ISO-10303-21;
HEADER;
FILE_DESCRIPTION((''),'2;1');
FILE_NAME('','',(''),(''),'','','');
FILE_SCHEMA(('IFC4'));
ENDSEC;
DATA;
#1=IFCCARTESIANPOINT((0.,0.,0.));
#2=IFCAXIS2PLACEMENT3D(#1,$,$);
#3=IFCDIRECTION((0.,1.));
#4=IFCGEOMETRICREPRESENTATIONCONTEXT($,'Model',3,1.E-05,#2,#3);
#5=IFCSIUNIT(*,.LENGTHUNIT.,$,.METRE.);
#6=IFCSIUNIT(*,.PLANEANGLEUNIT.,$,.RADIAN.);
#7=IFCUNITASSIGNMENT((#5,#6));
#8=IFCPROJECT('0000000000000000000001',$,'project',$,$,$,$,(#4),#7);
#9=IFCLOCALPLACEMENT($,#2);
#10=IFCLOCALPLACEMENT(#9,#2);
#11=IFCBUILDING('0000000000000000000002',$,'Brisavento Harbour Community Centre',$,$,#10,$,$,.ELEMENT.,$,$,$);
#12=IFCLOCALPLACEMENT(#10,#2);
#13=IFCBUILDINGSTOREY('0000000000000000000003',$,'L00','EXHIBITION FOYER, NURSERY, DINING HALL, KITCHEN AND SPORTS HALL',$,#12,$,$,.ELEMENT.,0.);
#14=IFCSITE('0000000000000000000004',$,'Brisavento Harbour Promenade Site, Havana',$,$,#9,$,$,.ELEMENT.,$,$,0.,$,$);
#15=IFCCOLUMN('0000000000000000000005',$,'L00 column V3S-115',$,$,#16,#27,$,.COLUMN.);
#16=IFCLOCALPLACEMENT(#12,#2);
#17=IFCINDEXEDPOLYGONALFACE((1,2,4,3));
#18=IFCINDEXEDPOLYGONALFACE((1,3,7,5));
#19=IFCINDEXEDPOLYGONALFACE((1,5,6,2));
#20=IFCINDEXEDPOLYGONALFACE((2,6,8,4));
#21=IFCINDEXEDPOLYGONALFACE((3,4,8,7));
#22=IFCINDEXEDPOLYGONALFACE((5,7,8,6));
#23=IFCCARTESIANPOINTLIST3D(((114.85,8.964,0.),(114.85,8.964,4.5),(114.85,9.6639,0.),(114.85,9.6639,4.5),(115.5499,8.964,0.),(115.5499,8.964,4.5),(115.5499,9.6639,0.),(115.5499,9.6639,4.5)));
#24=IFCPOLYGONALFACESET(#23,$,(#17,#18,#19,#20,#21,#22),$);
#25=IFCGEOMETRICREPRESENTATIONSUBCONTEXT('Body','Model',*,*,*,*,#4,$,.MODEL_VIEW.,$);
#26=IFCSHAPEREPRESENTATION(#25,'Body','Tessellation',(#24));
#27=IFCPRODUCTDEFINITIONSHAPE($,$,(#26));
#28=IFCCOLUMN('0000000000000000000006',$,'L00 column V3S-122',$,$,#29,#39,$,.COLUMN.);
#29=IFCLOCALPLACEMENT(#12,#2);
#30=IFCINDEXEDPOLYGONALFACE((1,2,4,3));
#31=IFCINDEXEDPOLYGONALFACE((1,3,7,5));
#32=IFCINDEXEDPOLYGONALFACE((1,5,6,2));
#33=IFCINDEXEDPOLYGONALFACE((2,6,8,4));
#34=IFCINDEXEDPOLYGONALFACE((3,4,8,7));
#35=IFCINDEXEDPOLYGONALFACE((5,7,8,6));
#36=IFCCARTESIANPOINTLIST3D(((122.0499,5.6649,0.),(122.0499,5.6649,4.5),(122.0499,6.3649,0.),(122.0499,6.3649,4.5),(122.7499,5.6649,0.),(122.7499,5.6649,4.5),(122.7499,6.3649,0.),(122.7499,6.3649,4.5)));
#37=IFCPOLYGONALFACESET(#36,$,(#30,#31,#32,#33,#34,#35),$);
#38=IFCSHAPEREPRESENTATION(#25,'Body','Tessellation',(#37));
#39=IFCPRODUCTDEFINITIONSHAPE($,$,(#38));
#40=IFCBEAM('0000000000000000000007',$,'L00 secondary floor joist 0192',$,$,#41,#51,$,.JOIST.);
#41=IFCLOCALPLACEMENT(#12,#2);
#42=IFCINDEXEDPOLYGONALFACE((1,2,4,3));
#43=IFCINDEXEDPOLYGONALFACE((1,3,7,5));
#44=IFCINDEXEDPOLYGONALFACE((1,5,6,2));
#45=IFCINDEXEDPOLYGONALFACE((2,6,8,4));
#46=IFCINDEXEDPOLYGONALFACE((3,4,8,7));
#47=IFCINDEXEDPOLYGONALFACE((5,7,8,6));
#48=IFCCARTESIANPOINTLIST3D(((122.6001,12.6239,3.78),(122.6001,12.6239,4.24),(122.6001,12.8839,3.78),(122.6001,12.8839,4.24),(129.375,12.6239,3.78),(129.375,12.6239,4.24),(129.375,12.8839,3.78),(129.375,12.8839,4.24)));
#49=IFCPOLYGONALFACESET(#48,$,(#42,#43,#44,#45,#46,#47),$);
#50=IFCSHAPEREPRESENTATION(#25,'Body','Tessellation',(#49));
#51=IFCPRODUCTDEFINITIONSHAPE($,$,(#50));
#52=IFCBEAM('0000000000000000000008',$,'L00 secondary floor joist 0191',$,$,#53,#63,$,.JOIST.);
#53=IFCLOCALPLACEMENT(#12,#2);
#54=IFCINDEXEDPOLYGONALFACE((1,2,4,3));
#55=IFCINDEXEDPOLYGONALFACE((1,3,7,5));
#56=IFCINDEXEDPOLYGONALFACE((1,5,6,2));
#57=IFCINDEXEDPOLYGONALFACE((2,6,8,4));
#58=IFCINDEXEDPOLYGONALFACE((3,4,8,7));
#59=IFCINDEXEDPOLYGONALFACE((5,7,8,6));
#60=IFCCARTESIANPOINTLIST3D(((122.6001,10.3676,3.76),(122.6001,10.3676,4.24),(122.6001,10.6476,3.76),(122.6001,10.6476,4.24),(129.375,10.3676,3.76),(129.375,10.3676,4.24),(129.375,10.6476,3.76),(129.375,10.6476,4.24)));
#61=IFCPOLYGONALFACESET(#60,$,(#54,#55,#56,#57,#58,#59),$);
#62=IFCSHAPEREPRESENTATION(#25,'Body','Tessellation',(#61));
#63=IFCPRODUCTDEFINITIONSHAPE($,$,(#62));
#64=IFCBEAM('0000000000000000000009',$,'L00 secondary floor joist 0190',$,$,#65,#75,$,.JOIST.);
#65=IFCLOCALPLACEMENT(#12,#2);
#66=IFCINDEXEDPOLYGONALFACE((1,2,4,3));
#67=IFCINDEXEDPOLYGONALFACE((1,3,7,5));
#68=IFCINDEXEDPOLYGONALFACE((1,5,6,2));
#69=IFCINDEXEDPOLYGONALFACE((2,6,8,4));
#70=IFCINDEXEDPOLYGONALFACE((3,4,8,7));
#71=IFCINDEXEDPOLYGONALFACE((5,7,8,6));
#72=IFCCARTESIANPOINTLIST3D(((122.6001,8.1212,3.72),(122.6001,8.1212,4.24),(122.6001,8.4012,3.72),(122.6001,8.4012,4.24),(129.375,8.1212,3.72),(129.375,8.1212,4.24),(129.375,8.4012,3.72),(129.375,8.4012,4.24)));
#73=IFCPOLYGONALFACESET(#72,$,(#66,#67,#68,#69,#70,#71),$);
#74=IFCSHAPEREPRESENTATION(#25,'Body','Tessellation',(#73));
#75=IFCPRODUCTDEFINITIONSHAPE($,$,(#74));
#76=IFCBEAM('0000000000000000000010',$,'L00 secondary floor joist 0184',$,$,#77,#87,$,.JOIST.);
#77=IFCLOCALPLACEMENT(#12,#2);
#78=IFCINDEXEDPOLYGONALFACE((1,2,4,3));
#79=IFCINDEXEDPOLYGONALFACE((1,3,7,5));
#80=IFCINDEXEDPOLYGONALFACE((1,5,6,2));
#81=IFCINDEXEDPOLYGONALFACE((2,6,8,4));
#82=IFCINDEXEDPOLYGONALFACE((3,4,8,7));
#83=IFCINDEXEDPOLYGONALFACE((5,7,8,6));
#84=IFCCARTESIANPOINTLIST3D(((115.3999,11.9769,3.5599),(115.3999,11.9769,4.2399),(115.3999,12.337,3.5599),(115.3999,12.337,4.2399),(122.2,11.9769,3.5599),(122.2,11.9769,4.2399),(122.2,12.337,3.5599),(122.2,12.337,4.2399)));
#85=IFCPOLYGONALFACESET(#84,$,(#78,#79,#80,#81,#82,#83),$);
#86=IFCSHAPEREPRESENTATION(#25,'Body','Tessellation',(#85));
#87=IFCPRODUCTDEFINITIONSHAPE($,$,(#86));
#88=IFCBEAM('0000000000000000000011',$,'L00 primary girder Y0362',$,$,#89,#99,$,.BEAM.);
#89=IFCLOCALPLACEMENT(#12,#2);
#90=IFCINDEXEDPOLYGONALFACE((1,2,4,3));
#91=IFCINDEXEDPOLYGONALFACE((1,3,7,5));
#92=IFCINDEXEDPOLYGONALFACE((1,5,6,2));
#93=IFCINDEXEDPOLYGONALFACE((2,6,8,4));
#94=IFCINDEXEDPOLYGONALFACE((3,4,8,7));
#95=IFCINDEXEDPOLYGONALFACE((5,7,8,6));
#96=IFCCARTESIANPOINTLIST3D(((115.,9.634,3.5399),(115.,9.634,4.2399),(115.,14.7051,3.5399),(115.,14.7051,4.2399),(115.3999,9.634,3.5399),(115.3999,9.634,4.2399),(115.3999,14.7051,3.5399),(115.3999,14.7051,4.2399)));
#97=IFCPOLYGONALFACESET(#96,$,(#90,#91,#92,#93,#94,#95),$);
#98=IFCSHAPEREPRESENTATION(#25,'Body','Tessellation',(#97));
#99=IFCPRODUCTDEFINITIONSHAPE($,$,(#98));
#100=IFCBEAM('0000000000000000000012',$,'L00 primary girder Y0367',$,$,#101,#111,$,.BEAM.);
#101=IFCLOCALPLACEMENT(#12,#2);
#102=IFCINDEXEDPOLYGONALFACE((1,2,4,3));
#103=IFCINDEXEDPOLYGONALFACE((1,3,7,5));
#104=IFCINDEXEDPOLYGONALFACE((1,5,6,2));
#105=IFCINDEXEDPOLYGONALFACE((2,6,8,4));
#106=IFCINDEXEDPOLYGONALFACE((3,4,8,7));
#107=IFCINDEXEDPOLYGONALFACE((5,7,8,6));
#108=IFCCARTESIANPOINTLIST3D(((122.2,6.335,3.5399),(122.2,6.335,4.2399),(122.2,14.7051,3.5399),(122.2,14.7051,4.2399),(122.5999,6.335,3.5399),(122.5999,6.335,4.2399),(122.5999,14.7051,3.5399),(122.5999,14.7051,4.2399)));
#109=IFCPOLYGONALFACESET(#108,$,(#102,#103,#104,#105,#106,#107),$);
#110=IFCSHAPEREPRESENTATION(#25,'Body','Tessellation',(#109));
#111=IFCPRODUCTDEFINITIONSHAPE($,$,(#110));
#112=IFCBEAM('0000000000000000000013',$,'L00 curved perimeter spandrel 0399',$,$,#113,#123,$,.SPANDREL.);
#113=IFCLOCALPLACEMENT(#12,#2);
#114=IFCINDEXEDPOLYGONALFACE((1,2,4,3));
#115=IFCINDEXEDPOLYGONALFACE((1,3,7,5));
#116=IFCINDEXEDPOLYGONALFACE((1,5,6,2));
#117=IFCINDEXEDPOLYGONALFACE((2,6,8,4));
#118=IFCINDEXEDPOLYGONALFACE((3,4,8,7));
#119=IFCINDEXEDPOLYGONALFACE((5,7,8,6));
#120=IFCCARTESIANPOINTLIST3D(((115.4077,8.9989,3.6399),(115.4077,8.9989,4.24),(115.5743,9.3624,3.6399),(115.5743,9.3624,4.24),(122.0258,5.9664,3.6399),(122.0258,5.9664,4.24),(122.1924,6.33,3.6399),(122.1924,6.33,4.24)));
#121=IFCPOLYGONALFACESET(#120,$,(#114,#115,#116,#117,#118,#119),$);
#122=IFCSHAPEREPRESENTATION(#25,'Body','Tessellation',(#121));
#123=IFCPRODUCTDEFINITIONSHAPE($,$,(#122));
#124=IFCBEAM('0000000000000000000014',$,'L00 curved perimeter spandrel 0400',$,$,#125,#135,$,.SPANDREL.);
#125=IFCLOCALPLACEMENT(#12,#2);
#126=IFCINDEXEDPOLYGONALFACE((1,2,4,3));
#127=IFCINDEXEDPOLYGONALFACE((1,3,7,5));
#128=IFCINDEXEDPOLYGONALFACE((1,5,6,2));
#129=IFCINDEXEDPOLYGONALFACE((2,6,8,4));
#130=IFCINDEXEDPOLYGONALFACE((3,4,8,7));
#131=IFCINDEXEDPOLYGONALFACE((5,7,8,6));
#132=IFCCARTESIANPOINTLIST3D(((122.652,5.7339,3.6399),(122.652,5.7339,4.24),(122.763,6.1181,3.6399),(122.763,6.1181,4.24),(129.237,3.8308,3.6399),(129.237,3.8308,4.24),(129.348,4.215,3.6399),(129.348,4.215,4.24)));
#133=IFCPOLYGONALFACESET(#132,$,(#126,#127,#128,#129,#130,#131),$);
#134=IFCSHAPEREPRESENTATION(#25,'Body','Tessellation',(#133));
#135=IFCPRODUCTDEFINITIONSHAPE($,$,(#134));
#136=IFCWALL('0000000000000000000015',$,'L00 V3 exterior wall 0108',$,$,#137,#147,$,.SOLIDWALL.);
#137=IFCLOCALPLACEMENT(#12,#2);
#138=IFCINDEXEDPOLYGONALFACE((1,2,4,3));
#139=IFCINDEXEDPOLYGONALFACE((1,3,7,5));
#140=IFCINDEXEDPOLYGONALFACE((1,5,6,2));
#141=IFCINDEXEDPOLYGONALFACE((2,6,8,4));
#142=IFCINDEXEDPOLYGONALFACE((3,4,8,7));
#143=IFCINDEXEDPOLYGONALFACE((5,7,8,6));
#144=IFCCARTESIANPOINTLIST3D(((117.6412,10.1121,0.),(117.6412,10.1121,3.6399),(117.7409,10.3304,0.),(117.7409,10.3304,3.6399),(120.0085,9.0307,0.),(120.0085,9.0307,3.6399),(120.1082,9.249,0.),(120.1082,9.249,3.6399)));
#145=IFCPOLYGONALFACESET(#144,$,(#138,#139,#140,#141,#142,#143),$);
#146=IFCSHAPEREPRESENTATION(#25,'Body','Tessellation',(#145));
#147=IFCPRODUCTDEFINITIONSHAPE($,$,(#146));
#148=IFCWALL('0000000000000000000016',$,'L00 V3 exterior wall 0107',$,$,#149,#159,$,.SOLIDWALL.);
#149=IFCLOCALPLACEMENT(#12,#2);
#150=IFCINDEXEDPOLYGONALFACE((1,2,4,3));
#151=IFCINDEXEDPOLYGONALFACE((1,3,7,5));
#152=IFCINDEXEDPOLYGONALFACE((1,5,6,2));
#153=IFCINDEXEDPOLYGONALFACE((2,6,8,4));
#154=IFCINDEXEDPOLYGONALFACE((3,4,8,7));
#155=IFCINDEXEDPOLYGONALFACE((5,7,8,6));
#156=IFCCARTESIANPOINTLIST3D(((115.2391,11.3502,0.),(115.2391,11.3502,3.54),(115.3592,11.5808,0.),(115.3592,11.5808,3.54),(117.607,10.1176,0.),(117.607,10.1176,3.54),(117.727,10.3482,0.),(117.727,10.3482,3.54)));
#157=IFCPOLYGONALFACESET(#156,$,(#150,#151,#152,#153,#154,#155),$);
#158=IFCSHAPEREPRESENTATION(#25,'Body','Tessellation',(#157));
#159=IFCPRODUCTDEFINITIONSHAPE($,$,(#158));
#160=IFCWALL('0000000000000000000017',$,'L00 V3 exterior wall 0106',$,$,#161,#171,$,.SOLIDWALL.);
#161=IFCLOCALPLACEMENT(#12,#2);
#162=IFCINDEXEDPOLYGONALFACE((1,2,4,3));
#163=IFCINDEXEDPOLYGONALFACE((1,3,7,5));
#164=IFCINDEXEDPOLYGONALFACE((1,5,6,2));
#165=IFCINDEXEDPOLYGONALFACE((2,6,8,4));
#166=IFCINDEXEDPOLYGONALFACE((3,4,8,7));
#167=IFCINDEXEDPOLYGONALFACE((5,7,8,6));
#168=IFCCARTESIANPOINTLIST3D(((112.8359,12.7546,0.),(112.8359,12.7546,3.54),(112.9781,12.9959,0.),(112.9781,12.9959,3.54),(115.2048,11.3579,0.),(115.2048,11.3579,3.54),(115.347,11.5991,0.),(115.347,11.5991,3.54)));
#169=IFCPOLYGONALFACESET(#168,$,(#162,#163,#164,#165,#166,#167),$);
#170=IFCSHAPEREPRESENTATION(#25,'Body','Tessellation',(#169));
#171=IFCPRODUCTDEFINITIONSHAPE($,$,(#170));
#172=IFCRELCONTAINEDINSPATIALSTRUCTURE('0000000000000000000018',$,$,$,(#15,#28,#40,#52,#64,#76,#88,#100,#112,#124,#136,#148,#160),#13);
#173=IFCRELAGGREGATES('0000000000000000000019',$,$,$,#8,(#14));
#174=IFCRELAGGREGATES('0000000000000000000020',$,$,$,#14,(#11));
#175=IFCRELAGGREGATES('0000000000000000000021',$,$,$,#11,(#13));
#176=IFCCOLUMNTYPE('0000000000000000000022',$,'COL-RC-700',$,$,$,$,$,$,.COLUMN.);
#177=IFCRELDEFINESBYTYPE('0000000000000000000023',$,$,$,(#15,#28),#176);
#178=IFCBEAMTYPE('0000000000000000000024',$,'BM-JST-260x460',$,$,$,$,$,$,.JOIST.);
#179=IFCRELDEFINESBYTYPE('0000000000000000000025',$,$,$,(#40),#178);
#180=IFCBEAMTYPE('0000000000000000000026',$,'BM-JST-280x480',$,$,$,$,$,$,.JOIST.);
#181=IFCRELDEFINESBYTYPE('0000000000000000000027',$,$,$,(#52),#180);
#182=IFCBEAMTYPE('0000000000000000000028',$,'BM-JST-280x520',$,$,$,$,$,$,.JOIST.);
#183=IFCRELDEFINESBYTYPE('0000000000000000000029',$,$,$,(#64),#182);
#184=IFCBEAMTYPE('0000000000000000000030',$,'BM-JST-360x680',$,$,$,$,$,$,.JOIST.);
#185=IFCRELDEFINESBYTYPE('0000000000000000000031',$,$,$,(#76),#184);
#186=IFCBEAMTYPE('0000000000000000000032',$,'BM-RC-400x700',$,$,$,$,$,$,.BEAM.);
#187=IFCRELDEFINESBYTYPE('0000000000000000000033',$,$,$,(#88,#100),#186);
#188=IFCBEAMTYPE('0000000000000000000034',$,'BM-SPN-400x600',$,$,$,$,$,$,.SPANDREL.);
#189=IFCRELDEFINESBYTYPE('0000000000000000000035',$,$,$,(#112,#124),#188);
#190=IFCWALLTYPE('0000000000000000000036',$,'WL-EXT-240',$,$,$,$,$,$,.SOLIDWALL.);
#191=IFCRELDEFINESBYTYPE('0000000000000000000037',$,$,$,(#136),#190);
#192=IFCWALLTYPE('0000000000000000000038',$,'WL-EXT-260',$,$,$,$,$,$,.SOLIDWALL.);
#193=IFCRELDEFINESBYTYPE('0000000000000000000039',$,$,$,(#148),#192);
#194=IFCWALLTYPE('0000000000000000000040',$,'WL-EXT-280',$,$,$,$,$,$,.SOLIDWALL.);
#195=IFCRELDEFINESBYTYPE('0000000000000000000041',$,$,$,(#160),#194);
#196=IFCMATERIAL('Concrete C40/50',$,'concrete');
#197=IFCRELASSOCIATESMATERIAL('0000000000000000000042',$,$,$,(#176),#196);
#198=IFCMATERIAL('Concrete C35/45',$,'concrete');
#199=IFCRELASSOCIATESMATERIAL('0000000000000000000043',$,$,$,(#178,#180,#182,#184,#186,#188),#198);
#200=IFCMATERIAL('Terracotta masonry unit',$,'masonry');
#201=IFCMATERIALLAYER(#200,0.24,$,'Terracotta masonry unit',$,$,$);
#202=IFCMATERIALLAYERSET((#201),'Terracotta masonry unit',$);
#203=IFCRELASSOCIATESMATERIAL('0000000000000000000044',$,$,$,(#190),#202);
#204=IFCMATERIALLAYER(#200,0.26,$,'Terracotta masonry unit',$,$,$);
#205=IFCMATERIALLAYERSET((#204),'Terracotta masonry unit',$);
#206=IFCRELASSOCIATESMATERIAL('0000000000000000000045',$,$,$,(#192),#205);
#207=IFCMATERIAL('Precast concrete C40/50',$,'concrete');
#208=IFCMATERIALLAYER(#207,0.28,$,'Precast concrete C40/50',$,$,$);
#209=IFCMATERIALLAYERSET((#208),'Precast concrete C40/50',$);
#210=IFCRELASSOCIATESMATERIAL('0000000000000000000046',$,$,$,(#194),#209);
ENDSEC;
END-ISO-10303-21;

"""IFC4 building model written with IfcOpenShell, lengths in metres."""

from ifc_helpers import new_model, si_unit, direction, frame, frame_2d, origin, origin_2d, place, context, subcontext, project, spatial, rectangle, extrude, material, layer, layer_set, material_profile, profile_set, type_object, element, save


model = new_model("IFC4")

# Units and contexts
model_context = context("Model", 3, precision=1e-05, world=origin(), true_north=direction((0.0, 1.0)))
body_context = subcontext(model_context, "Body", "Model", "MODEL_VIEW")
ifc_project = project(units=[si_unit("LENGTHUNIT", "METRE"), si_unit("PLANEANGLEUNIT", "RADIAN")], contexts=[model_context])

# Site, building, storey
site_placement = place(None, origin())
site = spatial("IfcSite", under=ifc_project, at=site_placement, Name="Brisavento Harbour Promenade Site, Havana", CompositionType="ELEMENT", RefElevation=0.0)
building_placement = place(site_placement, origin())
building = spatial("IfcBuilding", under=site, at=building_placement, Name="Brisavento Harbour Community Centre", CompositionType="ELEMENT")
storey_placement = place(building_placement, origin())
storey = spatial("IfcBuildingStorey", under=building, at=storey_placement, Name="L00", Description="EXHIBITION FOYER, NURSERY, DINING HALL, KITCHEN AND SPORTS HALL", CompositionType="ELEMENT", Elevation=0.0)

# Columns
ifc_material_1 = material(Name="Concrete C40/50", Category="concrete")
ifc_material_profile_1 = material_profile(ifc_material_1, rectangle(XDim=0.7, YDim=0.7, at=origin_2d()), Name="Concrete C40/50")
ifc_profile_set_1 = profile_set([ifc_material_profile_1], Name="Concrete C40/50")
column_type = type_object("IfcColumnType", Name="COL-RC-700", PredefinedType="COLUMN", material=ifc_profile_set_1)
for number, where, z_axis, x_axis, name in (
    (1, (115.2, 9.314, 0.0), (0.0, 0.0, 1.0), (1.0, 0.0, 0.0), "L00 column V3S-115"),
    (2, (122.3999, 6.0149, 0.0), (0.0, 0.0, 1.0), (1.0, 0.0, 0.0), "L00 column V3S-122"),
):
    element("IfcColumn", number, at=place(storey_placement, frame(where, z_axis=z_axis, x_axis=x_axis)), inside=storey, type_object=column_type, Name=name, PredefinedType="COLUMN", context=body_context, shape_type="SweptSolid", body=[
        extrude(rectangle(XDim=0.7, YDim=0.7, at=origin_2d()), origin(), (0.0, 0.0, 1.0), 4.5),
    ])

# Beams
ifc_material_2 = material(Name="Concrete C35/45", Category="concrete")
ifc_material_profile_2 = material_profile(ifc_material_2, rectangle(XDim=0.26, YDim=0.46, at=origin_2d()), Name="Concrete C35/45")
ifc_profile_set_2 = profile_set([ifc_material_profile_2], Name="Concrete C35/45")
beam_type_1 = type_object("IfcBeamType", Name="BM-JST-260x460", PredefinedType="JOIST", material=ifc_profile_set_2)
beam_1_placement = place(storey_placement, frame((122.6001, 12.7539, 4.01), z_axis=(1.0, 0.0, 0.0), x_axis=(0.0, 1.0, 0.0)))
element("IfcBeam", 3, at=beam_1_placement, inside=storey, type_object=beam_type_1, Name="L00 secondary floor joist 0192", PredefinedType="JOIST", context=body_context, shape_type="SweptSolid", body=[
    extrude(rectangle(XDim=0.26, YDim=0.46, at=origin_2d()), origin(), (0.0, 0.0, 1.0), 6.7749),
])
ifc_material_profile_3 = material_profile(ifc_material_2, rectangle(XDim=0.28, YDim=0.48, at=origin_2d()), Name="Concrete C35/45")
ifc_profile_set_3 = profile_set([ifc_material_profile_3], Name="Concrete C35/45")
beam_type_2 = type_object("IfcBeamType", Name="BM-JST-280x480", PredefinedType="JOIST", material=ifc_profile_set_3)
beam_2_placement = place(storey_placement, frame((122.6001, 10.5076, 4.0), z_axis=(1.0, 0.0, 0.0), x_axis=(0.0, 1.0, 0.0)))
element("IfcBeam", 4, at=beam_2_placement, inside=storey, type_object=beam_type_2, Name="L00 secondary floor joist 0191", PredefinedType="JOIST", context=body_context, shape_type="SweptSolid", body=[
    extrude(rectangle(XDim=0.28, YDim=0.48, at=origin_2d()), origin(), (0.0, 0.0, 1.0), 6.7749),
])
ifc_material_profile_4 = material_profile(ifc_material_2, rectangle(XDim=0.28, YDim=0.52, at=origin_2d()), Name="Concrete C35/45")
ifc_profile_set_4 = profile_set([ifc_material_profile_4], Name="Concrete C35/45")
beam_type_3 = type_object("IfcBeamType", Name="BM-JST-280x520", PredefinedType="JOIST", material=ifc_profile_set_4)
beam_3_placement = place(storey_placement, frame((122.6001, 8.2612, 3.98), z_axis=(1.0, 0.0, 0.0), x_axis=(0.0, 1.0, 0.0)))
element("IfcBeam", 5, at=beam_3_placement, inside=storey, type_object=beam_type_3, Name="L00 secondary floor joist 0190", PredefinedType="JOIST", context=body_context, shape_type="SweptSolid", body=[
    extrude(rectangle(XDim=0.28, YDim=0.52, at=origin_2d()), origin(), (0.0, 0.0, 1.0), 6.7749),
])
ifc_material_profile_5 = material_profile(ifc_material_2, rectangle(XDim=0.3601, YDim=0.6799, at=origin_2d()), Name="Concrete C35/45")
ifc_profile_set_5 = profile_set([ifc_material_profile_5], Name="Concrete C35/45")
beam_type_4 = type_object("IfcBeamType", Name="BM-JST-360x680", PredefinedType="JOIST", material=ifc_profile_set_5)
beam_4_placement = place(storey_placement, frame((115.3999, 12.157, 3.8999), z_axis=(1.0, 0.0, 0.0), x_axis=(0.0, 1.0, 0.0)))
element("IfcBeam", 6, at=beam_4_placement, inside=storey, type_object=beam_type_4, Name="L00 secondary floor joist 0184", PredefinedType="JOIST", context=body_context, shape_type="SweptSolid", body=[
    extrude(rectangle(XDim=0.3601, YDim=0.6799, at=origin_2d()), origin(), (0.0, 0.0, 1.0), 6.8),
])
ifc_material_profile_6 = material_profile(ifc_material_2, rectangle(XDim=0.3999, YDim=0.7, at=origin_2d()), Name="Concrete C35/45")
ifc_profile_set_6 = profile_set([ifc_material_profile_6], Name="Concrete C35/45")
beam_type_5 = type_object("IfcBeamType", Name="BM-RC-400x700", PredefinedType="BEAM", material=ifc_profile_set_6)
beam_5_placement = place(storey_placement, frame((115.2, 9.634, 3.8899), z_axis=(0.0, 1.0, 0.0), x_axis=(-1.0, 0.0, 0.0)))
element("IfcBeam", 7, at=beam_5_placement, inside=storey, type_object=beam_type_5, Name="L00 primary girder Y0362", PredefinedType="BEAM", context=body_context, shape_type="SweptSolid", body=[
    extrude(rectangle(XDim=0.3999, YDim=0.7, at=origin_2d()), origin(), (0.0, 0.0, 1.0), 5.071),
])
beam_6_placement = place(storey_placement, frame((122.3999, 6.335, 3.8899), z_axis=(0.0, 1.0, 0.0), x_axis=(-1.0, 0.0, 0.0)))
element("IfcBeam", 8, at=beam_6_placement, inside=storey, type_object=beam_type_5, Name="L00 primary girder Y0367", PredefinedType="BEAM", context=body_context, shape_type="SweptSolid", body=[
    extrude(rectangle(XDim=0.3999, YDim=0.7, at=origin_2d()), origin(), (0.0, 0.0, 1.0), 8.3701),
])
ifc_material_profile_7 = material_profile(ifc_material_2, rectangle(XDim=0.3999, YDim=0.6001, at=origin_2d()), Name="Concrete C35/45")
ifc_profile_set_7 = profile_set([ifc_material_profile_7], Name="Concrete C35/45")
beam_type_6 = type_object("IfcBeamType", Name="BM-SPN-400x600", PredefinedType="SPANDREL", material=ifc_profile_set_7)
beam_7_placement = place(storey_placement, frame((115.491, 9.1807, 3.9399), z_axis=(0.909109, -0.416558, 0.0), x_axis=(0.416558, 0.909109, 0.0)))
element("IfcBeam", 9, at=beam_7_placement, inside=storey, type_object=beam_type_6, Name="L00 curved perimeter spandrel 0399", PredefinedType="SPANDREL", context=body_context, shape_type="SweptSolid", body=[
    extrude(rectangle(XDim=0.3999, YDim=0.6001, at=origin_2d()), origin(), (0.0, 0.0, 1.0), 7.2798),
])
beam_8_placement = place(storey_placement, frame((122.7075, 5.926, 3.9399), z_axis=(0.960685, -0.277641, 0.0), x_axis=(0.277641, 0.960685, 0.0)))
element("IfcBeam", 10, at=beam_8_placement, inside=storey, type_object=beam_type_6, Name="L00 curved perimeter spandrel 0400", PredefinedType="SPANDREL", context=body_context, shape_type="SweptSolid", body=[
    extrude(rectangle(XDim=0.3999, YDim=0.6001, at=origin_2d()), origin(), (0.0, 0.0, 1.0), 6.8545),
])

# Walls
ifc_material_3 = material(Name="Terracotta masonry unit", Category="masonry")
ifc_layer_1 = layer(ifc_material_3, 0.24, Name="Terracotta masonry unit")
ifc_layer_set_1 = layer_set([ifc_layer_1], Name="Terracotta masonry unit")
wall_type_1 = type_object("IfcWallType", Name="WL-EXT-240", PredefinedType="SOLIDWALL", material=ifc_layer_set_1)
wall_1_placement = place(storey_placement, frame((120.0583, 9.1399, 0.0), z_axis=(0.0, 0.0, 1.0), x_axis=(-0.909597, 0.415491, 0.0)))
element("IfcWall", 11, at=wall_1_placement, inside=storey, type_object=wall_type_1, Name="L00 V3 exterior wall 0108", PredefinedType="SOLIDWALL", context=body_context, shape_type="SweptSolid", body=[
    extrude(rectangle(XDim=2.6025, YDim=0.24, at=frame_2d((1.3013, 0.0))), origin(), (0.0, 0.0, 1.0), 3.6399),
])
ifc_layer_2 = layer(ifc_material_3, 0.26, Name="Terracotta masonry unit")
ifc_layer_set_2 = layer_set([ifc_layer_2], Name="Terracotta masonry unit")
wall_type_2 = type_object("IfcWallType", Name="WL-EXT-260", PredefinedType="SOLIDWALL", material=ifc_layer_set_2)
wall_2_placement = place(storey_placement, frame((117.667, 10.2329, 0.0), z_axis=(0.0, 0.0, 1.0), x_axis=(-0.88701, 0.46175, 0.0)))
element("IfcWall", 12, at=wall_2_placement, inside=storey, type_object=wall_type_2, Name="L00 V3 exterior wall 0107", PredefinedType="SOLIDWALL", context=body_context, shape_type="SweptSolid", body=[
    extrude(rectangle(XDim=2.6694, YDim=0.26, at=frame_2d((1.3347, 0.0))), origin(), (0.0, 0.0, 1.0), 3.54),
])
ifc_material_4 = material(Name="Precast concrete C40/50", Category="concrete")
ifc_layer_3 = layer(ifc_material_4, 0.28, Name="Precast concrete C40/50")
ifc_layer_set_3 = layer_set([ifc_layer_3], Name="Precast concrete C40/50")
wall_type_3 = type_object("IfcWallType", Name="WL-EXT-280", PredefinedType="SOLIDWALL", material=ifc_layer_set_3)
wall_3_placement = place(storey_placement, frame((115.2759, 11.4785, 0.0), z_axis=(0.0, 0.0, 1.0), x_axis=(-0.861416, 0.507901, 0.0)))
element("IfcWall", 13, at=wall_3_placement, inside=storey, type_object=wall_type_3, Name="L00 V3 exterior wall 0106", PredefinedType="SOLIDWALL", context=body_context, shape_type="SweptSolid", body=[
    extrude(rectangle(XDim=2.75, YDim=0.28, at=frame_2d((1.375, 0.0))), origin(), (0.0, 0.0, 1.0), 3.54),
])

save(model, "model.ifc")
